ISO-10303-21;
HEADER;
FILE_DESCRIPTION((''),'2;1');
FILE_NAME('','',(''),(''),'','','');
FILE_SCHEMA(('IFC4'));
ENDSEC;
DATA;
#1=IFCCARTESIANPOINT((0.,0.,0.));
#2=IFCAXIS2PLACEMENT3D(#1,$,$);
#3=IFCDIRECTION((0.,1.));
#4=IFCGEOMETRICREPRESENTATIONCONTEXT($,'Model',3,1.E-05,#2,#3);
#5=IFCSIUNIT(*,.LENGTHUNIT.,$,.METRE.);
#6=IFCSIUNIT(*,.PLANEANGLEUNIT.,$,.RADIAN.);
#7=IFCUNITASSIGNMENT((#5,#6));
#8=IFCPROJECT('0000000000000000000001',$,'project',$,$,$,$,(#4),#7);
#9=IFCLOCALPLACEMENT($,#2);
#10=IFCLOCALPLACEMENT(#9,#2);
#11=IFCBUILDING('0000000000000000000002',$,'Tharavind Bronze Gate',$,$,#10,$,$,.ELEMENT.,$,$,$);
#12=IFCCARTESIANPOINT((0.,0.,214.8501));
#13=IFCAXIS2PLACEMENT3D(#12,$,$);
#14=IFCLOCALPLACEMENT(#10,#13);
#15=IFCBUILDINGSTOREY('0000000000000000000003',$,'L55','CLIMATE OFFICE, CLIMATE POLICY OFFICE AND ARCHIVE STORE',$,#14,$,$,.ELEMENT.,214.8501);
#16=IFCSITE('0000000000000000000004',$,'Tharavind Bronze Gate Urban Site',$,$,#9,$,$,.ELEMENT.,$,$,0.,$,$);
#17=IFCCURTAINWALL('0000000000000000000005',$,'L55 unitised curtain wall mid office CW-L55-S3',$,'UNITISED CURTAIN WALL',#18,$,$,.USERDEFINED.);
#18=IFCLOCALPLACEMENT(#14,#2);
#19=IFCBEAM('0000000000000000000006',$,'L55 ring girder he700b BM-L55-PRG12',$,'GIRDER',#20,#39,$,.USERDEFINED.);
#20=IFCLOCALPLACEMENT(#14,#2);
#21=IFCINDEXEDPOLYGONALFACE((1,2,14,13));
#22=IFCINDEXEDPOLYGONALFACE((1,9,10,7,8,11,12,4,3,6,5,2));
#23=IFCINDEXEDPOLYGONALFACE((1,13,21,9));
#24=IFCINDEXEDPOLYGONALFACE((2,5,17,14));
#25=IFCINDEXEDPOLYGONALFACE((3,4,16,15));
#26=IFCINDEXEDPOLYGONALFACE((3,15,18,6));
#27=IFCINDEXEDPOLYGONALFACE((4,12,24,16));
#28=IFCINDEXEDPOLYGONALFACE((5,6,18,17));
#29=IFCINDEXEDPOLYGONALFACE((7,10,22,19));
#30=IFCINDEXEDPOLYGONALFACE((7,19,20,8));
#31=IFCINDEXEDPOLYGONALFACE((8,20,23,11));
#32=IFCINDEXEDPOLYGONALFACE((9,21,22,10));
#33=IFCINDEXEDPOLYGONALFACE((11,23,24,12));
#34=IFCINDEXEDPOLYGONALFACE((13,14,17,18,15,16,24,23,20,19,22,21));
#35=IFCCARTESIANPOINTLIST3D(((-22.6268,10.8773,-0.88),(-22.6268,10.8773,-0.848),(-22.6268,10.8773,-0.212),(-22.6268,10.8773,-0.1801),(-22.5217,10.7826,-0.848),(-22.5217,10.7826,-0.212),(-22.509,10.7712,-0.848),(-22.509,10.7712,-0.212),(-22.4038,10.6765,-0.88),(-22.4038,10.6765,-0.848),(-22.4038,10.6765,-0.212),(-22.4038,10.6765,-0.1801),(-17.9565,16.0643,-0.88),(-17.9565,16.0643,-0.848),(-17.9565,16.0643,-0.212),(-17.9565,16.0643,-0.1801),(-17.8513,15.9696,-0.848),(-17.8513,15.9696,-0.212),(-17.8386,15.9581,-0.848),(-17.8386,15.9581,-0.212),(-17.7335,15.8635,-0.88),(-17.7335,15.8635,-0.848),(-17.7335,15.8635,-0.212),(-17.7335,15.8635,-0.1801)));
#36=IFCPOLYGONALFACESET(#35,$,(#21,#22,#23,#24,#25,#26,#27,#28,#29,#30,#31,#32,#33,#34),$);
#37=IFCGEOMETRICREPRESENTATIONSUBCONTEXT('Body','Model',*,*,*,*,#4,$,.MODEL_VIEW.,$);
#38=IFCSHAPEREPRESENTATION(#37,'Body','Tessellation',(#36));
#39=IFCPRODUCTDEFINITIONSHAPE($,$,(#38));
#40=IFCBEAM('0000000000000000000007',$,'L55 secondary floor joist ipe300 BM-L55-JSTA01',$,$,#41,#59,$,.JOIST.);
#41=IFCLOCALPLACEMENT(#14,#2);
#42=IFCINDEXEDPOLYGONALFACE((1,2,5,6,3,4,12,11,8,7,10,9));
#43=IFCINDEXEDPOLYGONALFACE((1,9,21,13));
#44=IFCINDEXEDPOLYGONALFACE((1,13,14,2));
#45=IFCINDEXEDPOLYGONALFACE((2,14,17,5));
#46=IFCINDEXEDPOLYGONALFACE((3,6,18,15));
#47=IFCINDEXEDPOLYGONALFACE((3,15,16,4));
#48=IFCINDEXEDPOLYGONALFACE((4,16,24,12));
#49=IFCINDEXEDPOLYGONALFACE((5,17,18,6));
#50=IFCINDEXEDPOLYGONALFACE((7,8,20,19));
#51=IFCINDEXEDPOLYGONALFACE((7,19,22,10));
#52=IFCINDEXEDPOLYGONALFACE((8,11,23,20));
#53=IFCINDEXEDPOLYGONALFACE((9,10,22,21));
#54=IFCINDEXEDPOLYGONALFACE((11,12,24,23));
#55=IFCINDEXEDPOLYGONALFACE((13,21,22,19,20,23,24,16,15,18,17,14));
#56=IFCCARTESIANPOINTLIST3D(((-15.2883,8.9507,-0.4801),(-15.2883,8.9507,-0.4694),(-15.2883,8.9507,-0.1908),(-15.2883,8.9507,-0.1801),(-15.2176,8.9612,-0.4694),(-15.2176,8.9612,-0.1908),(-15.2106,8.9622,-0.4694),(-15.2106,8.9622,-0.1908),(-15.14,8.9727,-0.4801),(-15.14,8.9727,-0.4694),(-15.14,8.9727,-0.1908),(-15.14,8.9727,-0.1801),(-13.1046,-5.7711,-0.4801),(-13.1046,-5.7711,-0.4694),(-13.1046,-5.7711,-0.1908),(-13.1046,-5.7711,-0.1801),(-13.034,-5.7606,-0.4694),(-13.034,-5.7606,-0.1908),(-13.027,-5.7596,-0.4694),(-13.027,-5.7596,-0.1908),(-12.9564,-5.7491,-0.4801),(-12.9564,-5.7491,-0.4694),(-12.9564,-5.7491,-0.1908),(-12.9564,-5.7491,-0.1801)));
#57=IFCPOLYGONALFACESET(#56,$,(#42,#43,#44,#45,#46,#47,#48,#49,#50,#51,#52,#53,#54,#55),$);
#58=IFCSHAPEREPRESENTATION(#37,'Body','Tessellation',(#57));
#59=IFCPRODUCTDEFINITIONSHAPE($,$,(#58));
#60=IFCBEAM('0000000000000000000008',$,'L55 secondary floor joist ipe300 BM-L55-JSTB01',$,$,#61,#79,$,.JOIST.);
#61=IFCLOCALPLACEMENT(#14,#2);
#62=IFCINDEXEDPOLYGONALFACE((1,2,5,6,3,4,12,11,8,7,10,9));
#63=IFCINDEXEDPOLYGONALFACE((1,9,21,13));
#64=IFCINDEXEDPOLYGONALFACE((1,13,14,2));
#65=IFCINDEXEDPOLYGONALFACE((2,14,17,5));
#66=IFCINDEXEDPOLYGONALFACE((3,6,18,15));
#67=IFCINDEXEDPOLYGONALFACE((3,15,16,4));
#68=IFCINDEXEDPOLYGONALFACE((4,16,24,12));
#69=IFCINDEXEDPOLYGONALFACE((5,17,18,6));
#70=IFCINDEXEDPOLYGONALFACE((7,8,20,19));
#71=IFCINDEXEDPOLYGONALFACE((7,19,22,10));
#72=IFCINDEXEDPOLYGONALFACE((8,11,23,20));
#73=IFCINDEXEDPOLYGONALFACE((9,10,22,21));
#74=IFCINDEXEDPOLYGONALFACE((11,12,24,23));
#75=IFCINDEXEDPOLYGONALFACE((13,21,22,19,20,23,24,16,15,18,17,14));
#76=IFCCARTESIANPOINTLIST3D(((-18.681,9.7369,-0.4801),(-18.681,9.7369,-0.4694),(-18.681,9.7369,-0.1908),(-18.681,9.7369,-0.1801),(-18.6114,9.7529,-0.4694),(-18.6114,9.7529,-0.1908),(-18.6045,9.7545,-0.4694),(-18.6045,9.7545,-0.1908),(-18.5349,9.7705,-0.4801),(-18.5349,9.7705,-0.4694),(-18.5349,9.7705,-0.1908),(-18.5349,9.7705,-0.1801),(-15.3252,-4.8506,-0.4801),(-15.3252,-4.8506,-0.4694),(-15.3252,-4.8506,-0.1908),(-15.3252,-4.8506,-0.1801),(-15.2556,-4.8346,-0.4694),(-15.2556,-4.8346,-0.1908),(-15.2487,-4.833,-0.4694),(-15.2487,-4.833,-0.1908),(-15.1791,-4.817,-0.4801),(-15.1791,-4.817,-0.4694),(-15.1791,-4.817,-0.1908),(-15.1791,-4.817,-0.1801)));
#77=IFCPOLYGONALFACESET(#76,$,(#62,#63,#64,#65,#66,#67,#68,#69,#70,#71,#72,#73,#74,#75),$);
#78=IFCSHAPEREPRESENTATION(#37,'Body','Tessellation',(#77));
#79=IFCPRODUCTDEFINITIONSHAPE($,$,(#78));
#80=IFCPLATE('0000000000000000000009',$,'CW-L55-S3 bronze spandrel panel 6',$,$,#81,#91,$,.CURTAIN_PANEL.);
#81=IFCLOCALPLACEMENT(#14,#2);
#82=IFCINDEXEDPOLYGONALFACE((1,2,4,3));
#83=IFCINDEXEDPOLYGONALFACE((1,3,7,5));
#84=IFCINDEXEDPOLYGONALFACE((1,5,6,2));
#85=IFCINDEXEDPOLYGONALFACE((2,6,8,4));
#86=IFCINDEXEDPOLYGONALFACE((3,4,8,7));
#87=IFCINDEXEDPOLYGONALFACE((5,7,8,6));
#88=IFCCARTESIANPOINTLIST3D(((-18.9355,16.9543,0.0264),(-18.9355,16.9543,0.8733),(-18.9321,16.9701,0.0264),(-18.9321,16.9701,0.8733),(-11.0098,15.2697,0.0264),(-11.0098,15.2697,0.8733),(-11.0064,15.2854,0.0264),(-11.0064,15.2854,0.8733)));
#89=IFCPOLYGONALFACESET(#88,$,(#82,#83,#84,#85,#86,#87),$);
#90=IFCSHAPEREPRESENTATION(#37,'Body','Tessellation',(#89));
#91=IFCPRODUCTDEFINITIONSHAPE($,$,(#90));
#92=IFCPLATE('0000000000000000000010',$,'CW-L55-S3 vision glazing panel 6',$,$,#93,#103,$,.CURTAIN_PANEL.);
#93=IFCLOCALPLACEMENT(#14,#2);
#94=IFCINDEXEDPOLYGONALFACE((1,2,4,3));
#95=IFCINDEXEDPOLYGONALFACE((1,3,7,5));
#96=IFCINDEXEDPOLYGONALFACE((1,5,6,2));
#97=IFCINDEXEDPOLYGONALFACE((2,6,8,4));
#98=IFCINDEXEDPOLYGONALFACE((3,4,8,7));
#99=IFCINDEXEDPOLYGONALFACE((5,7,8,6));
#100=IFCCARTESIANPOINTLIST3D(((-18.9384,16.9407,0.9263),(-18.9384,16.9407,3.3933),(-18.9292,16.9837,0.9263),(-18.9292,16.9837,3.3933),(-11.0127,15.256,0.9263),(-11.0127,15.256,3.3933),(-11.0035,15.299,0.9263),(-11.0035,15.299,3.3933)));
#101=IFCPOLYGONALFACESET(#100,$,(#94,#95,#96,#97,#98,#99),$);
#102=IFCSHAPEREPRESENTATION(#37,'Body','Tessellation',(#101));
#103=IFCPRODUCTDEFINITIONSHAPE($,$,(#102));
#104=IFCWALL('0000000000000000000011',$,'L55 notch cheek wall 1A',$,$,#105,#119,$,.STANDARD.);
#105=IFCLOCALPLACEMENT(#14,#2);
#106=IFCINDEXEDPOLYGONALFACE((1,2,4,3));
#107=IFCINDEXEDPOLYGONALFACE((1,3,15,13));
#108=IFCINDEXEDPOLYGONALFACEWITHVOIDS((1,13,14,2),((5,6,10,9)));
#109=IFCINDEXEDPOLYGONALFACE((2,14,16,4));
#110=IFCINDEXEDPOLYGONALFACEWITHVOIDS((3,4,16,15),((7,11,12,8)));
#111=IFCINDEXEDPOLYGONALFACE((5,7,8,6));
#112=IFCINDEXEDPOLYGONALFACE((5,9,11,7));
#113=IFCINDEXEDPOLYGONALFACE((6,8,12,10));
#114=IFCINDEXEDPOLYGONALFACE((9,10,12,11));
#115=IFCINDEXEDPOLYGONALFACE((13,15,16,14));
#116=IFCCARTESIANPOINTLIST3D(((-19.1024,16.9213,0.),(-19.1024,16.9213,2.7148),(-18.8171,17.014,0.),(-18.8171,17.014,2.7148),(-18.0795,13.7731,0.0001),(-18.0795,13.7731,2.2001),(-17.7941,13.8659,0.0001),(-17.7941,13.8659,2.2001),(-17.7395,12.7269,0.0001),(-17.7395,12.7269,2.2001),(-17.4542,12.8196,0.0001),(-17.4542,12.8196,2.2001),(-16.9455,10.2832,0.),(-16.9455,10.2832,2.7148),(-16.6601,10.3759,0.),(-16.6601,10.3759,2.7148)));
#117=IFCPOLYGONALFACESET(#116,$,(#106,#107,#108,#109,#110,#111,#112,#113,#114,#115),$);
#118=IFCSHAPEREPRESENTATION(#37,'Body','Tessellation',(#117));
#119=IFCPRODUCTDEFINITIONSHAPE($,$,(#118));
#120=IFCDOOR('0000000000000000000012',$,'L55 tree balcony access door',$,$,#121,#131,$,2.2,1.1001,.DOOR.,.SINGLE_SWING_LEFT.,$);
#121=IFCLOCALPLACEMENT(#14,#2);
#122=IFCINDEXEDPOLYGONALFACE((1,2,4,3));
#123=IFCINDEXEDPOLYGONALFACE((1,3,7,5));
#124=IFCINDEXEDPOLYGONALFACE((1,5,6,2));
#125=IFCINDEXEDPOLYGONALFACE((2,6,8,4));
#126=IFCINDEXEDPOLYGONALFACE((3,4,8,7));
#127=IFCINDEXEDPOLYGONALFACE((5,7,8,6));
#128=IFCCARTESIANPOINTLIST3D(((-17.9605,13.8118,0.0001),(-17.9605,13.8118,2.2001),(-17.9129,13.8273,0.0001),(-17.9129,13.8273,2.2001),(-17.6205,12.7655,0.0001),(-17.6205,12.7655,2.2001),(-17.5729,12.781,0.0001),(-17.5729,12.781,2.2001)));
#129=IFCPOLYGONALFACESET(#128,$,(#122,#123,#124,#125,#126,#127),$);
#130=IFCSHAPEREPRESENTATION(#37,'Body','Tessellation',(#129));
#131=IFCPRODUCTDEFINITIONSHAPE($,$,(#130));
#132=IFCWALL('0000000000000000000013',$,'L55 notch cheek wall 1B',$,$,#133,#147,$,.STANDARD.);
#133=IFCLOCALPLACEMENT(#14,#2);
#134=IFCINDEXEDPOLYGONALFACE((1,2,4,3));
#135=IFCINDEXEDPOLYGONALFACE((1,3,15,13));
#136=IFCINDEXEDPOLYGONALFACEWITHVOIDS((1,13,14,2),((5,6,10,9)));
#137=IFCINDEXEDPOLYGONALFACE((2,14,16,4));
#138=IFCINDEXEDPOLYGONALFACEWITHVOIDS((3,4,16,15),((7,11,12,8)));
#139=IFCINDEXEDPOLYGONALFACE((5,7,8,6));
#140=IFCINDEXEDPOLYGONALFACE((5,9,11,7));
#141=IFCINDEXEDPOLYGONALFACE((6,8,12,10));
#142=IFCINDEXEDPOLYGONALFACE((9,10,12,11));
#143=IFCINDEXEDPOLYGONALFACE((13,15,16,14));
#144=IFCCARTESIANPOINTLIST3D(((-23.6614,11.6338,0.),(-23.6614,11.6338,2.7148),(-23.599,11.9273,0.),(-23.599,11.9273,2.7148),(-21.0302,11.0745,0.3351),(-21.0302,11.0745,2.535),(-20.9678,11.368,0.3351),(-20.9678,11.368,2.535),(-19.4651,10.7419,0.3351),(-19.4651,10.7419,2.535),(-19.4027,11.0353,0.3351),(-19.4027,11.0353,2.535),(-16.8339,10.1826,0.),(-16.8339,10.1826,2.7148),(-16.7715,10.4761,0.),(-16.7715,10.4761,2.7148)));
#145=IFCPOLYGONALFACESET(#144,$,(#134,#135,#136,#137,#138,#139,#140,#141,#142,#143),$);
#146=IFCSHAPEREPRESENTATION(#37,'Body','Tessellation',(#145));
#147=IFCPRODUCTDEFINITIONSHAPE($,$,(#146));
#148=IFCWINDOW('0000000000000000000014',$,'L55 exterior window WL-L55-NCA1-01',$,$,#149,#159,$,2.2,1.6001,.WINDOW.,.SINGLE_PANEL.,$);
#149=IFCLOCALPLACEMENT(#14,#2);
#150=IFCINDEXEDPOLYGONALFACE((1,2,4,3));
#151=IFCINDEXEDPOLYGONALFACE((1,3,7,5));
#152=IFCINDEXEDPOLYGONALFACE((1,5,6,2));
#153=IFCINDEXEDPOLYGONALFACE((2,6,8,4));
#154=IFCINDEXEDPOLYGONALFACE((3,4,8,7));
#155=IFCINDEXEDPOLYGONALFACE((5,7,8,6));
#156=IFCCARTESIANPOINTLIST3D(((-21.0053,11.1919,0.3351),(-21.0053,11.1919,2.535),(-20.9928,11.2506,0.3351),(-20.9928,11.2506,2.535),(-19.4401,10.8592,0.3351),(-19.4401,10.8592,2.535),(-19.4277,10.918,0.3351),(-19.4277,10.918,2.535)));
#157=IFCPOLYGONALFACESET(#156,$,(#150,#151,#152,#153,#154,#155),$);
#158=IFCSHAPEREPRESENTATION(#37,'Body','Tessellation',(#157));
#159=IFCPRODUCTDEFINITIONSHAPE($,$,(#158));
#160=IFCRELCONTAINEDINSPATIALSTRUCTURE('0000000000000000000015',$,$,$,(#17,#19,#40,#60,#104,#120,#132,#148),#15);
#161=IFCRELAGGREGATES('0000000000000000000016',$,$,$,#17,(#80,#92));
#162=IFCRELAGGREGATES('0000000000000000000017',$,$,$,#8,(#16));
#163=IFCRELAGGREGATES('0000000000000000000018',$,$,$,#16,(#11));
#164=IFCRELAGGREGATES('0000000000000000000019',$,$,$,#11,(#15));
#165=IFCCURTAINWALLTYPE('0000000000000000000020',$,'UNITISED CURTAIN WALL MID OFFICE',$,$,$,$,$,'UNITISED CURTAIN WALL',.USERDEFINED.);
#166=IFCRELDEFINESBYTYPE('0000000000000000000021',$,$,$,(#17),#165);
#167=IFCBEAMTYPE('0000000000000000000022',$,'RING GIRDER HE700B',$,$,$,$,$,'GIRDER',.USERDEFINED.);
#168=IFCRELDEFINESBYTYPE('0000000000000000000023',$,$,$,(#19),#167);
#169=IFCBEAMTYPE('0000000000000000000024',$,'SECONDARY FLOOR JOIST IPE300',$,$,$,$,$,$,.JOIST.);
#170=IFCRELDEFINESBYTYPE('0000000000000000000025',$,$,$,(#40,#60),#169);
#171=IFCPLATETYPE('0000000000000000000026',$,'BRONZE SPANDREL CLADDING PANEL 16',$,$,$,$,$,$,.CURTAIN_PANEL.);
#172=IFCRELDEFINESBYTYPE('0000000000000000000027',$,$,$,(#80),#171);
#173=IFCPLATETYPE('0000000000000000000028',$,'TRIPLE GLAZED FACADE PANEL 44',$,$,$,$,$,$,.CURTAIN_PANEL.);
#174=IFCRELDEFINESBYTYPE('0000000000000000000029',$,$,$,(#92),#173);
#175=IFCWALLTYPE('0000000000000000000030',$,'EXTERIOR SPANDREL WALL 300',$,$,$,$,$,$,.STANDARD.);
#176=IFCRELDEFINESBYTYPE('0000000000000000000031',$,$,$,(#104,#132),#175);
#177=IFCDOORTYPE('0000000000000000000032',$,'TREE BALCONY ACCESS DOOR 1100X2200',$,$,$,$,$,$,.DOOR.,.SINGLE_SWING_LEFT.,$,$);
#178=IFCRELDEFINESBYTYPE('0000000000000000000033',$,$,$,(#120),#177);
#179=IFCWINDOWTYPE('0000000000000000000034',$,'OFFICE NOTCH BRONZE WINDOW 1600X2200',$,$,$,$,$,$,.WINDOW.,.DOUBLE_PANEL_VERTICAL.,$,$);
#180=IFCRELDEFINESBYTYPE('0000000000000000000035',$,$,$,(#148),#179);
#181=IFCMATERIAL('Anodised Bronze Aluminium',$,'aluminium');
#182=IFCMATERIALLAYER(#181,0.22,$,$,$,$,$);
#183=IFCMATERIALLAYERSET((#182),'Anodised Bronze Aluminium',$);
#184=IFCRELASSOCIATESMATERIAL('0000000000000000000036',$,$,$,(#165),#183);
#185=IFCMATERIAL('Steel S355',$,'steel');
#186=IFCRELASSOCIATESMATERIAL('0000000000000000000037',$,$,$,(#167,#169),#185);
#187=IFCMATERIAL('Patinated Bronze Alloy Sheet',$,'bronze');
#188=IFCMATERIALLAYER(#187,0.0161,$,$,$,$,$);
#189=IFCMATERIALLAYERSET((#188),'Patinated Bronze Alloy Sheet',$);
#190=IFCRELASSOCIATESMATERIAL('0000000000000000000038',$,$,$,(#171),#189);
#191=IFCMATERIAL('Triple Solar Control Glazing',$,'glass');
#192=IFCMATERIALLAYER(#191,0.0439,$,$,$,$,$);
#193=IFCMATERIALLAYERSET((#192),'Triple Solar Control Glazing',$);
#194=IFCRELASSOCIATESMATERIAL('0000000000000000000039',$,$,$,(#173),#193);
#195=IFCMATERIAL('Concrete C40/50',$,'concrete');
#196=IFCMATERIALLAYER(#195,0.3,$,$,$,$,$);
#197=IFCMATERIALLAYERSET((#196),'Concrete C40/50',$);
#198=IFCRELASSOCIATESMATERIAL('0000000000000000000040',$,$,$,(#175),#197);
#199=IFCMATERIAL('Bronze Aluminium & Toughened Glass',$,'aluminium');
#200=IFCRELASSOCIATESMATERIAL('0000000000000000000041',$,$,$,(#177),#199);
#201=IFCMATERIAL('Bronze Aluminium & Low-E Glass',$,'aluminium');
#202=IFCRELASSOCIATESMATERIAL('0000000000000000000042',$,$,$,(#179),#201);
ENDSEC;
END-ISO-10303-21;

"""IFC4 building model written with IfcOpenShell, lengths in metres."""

from ifc_helpers import new_model, si_unit, direction, frame, frame_2d, origin, origin_2d, place, context, subcontext, project, spatial, rectangle, i_section, extrude, material, layer, layer_set, material_profile, profile_set, type_object, element, fill, aggregate, save


model = new_model("IFC4")

# Units and contexts
model_context = context("Model", 3, precision=1e-05, world=origin(), true_north=direction((0.0, 1.0)))
body_context = subcontext(model_context, "Body", "Model", "MODEL_VIEW")
ifc_project = project(units=[si_unit("LENGTHUNIT", "METRE"), si_unit("PLANEANGLEUNIT", "RADIAN")], contexts=[model_context])

# Site, building, storey
site_placement = place(None, origin())
site = spatial("IfcSite", under=ifc_project, at=site_placement, Name="Tharavind Bronze Gate Urban Site", CompositionType="ELEMENT", RefElevation=0.0)
building_placement = place(site_placement, origin())
building = spatial("IfcBuilding", under=site, at=building_placement, Name="Tharavind Bronze Gate", CompositionType="ELEMENT")
storey_placement = place(building_placement, frame((0.0, 0.0, 214.8501)))
storey = spatial("IfcBuildingStorey", under=building, at=storey_placement, Name="L55", Description="CLIMATE OFFICE, CLIMATE POLICY OFFICE AND ARCHIVE STORE", CompositionType="ELEMENT", Elevation=214.8501)

# Shared definitions
ifc_material_1 = material(Name="Anodised Bronze Aluminium", Category="aluminium")
ifc_layer_1 = layer(ifc_material_1, 0.22)
ifc_layer_set_1 = layer_set([ifc_layer_1], Name="Anodised Bronze Aluminium")
curtain_wall_type = type_object("IfcCurtainWallType", Name="UNITISED CURTAIN WALL MID OFFICE", ElementType="UNITISED CURTAIN WALL", PredefinedType="USERDEFINED", material=ifc_layer_set_1)

# Curtain wall
curtain_wall_1_placement = place(storey_placement, origin())
curtain_wall_1 = element("IfcCurtainWall", 1, at=curtain_wall_1_placement, inside=storey, type_object=curtain_wall_type, Name="L55 unitised curtain wall mid office CW-L55-S3", ObjectType="UNITISED CURTAIN WALL", PredefinedType="USERDEFINED")

# Beams
ifc_material_2 = material(Name="Steel S355", Category="steel")
ifc_material_profile_1 = material_profile(ifc_material_2, i_section(OverallWidth=0.3, OverallDepth=0.7, WebThickness=0.0171, FlangeThickness=0.032, at=origin_2d()), Name="HE700B")
ifc_profile_set_1 = profile_set([ifc_material_profile_1], Name="Steel S355")
beam_type_1 = type_object("IfcBeamType", Name="RING GIRDER HE700B", ElementType="GIRDER", PredefinedType="USERDEFINED", material=ifc_profile_set_1)
beam_1_placement = place(storey_placement, frame((-17.845, 15.9639, -0.53), z_axis=(-0.669131, -0.743145, 0.0), x_axis=(0.743145, -0.669131, 0.0)))
element("IfcBeam", 2, at=beam_1_placement, inside=storey, type_object=beam_type_1, Name="L55 ring girder he700b BM-L55-PRG12", ObjectType="GIRDER", PredefinedType="USERDEFINED", context=body_context, shape_type="SweptSolid", body=[
    extrude(i_section(OverallWidth=0.3, OverallDepth=0.7, WebThickness=0.0171, FlangeThickness=0.032, at=origin_2d()), origin(), (0.0, 0.0, 1.0), 6.9797),
])
ifc_material_profile_2 = material_profile(ifc_material_2, i_section(OverallWidth=0.1499, OverallDepth=0.3, WebThickness=0.0071, FlangeThickness=0.0107, at=origin_2d()), Name="IPE300")
ifc_profile_set_2 = profile_set([ifc_material_profile_2], Name="Steel S355")
beam_type_2 = type_object("IfcBeamType", Name="SECONDARY FLOOR JOIST IPE300", PredefinedType="JOIST", material=ifc_profile_set_2)
beam_2_placement = place(storey_placement, frame((-15.2141, 8.9617, -0.3301), z_axis=(0.14672, -0.989178, 0.0), x_axis=(0.989178, 0.14672, 0.0)))
element("IfcBeam", 3, at=beam_2_placement, inside=storey, type_object=beam_type_2, Name="L55 secondary floor joist ipe300 BM-L55-JSTA01", PredefinedType="JOIST", context=body_context, shape_type="SweptSolid", body=[
    extrude(i_section(OverallWidth=0.1499, OverallDepth=0.3, WebThickness=0.0071, FlangeThickness=0.0107, at=origin_2d()), origin(), (0.0, 0.0, 1.0), 14.8828),
])
beam_3_placement = place(storey_placement, frame((-18.6079, 9.7537, -0.3301), z_axis=(0.224186, -0.974546, 0.0), x_axis=(0.974546, 0.224186, 0.0)))
element("IfcBeam", 4, at=beam_3_placement, inside=storey, type_object=beam_type_2, Name="L55 secondary floor joist ipe300 BM-L55-JSTB01", PredefinedType="JOIST", context=body_context, shape_type="SweptSolid", body=[
    extrude(i_section(OverallWidth=0.1499, OverallDepth=0.3, WebThickness=0.0071, FlangeThickness=0.0107, at=origin_2d()), origin(), (0.0, 0.0, 1.0), 14.9685),
])

# Plates
ifc_material_3 = material(Name="Patinated Bronze Alloy Sheet", Category="bronze")
ifc_layer_2 = layer(ifc_material_3, 0.0161)
ifc_layer_set_2 = layer_set([ifc_layer_2], Name="Patinated Bronze Alloy Sheet")
plate_type_1 = type_object("IfcPlateType", Name="BRONZE SPANDREL CLADDING PANEL 16", PredefinedType="CURTAIN_PANEL", material=ifc_layer_set_2)
plate_1_placement = place(storey_placement, frame((-14.9709, 16.1199, 0.0264), z_axis=(0.0, 0.0, 1.0), x_axis=(-0.978148, 0.207912, 0.0)))
plate_1 = element("IfcPlate", 5, at=plate_1_placement, type_object=plate_type_1, Name="CW-L55-S3 bronze spandrel panel 6", PredefinedType="CURTAIN_PANEL", context=body_context, shape_type="SweptSolid", body=[
    extrude(rectangle(XDim=8.1028, YDim=0.0161, at=origin_2d()), origin(), (0.0, 0.0, 1.0), 0.8469),
])
ifc_material_4 = material(Name="Triple Solar Control Glazing", Category="glass")
ifc_layer_3 = layer(ifc_material_4, 0.0439)
ifc_layer_set_3 = layer_set([ifc_layer_3], Name="Triple Solar Control Glazing")
plate_type_2 = type_object("IfcPlateType", Name="TRIPLE GLAZED FACADE PANEL 44", PredefinedType="CURTAIN_PANEL", material=ifc_layer_set_3)
plate_2_placement = place(storey_placement, frame((-14.9709, 16.1199, 0.9263), z_axis=(0.0, 0.0, 1.0), x_axis=(-0.978148, 0.207912, 0.0)))
plate_2 = element("IfcPlate", 6, at=plate_2_placement, type_object=plate_type_2, Name="CW-L55-S3 vision glazing panel 6", PredefinedType="CURTAIN_PANEL", context=body_context, shape_type="SweptSolid", body=[
    extrude(rectangle(XDim=8.1028, YDim=0.0439, at=origin_2d()), origin(), (0.0, 0.0, 1.0), 2.467),
])
aggregate(curtain_wall_1, [plate_1, plate_2])

# Wall, opening, door
ifc_material_5 = material(Name="Concrete C40/50", Category="concrete")
ifc_layer_4 = layer(ifc_material_5, 0.3)
ifc_layer_set_4 = layer_set([ifc_layer_4], Name="Concrete C40/50")
wall_type_1 = type_object("IfcWallType", Name="EXTERIOR SPANDREL WALL 300", PredefinedType="STANDARD", material=ifc_layer_set_4)
wall_1_placement = place(storey_placement, frame((-18.9597, 16.9675, 0.0), z_axis=(0.0, 0.0, 1.0), x_axis=(0.309031, -0.951052, 0.0)))
wall_1 = element("IfcWall", 7, at=wall_1_placement, inside=storey, type_object=wall_type_1, Name="L55 notch cheek wall 1A", PredefinedType="STANDARD", context=body_context, shape_type="SweptSolid", body=[
    extrude(rectangle(XDim=6.9797, YDim=0.3, at=frame_2d((3.4897, 0.0))), origin(), (0.0, 0.0, 1.0), 2.7148),
])
opening_1_placement = place(wall_1_placement, frame((3.3101, 0.0, 0.0)))
opening_1 = element("IfcOpeningElement", 8, at=opening_1_placement, cuts=wall_1, PredefinedType="OPENING", context=body_context, shape_type="SweptSolid", body=[
    extrude(rectangle(XDim=1.1001, YDim=2.2, at=frame_2d((0.55, 1.1001))), frame((0.0, 0.1599, 0.0), z_axis=(0.0, -1.0, 0.0), x_axis=(1.0, 0.0, 0.0)), (0.0, 0.0, 1.0), 0.32),
])
ifc_material_6 = material(Name="Bronze Aluminium & Toughened Glass", Category="aluminium")
door_type_1 = type_object("IfcDoorType", Name="TREE BALCONY ACCESS DOOR 1100X2200", OperationType="SINGLE_SWING_LEFT", PredefinedType="DOOR", material=ifc_material_6)
door_1_placement = place(opening_1_placement, frame((1.1001, 0.0, 0.0), z_axis=(0.0, 0.0, 1.0), x_axis=(-1.0, 0.0, 0.0)))
door_1 = element("IfcDoor", 9, at=door_1_placement, inside=storey, type_object=door_type_1, Name="L55 tree balcony access door", OperationType="SINGLE_SWING_LEFT", OverallHeight=2.2, OverallWidth=1.1001, PredefinedType="DOOR", context=body_context, shape_type="SweptSolid", body=[
    extrude(rectangle(XDim=1.1001, YDim=2.2, at=frame_2d((0.55, 1.1001))), frame((0.0, 0.0249, 0.0), z_axis=(0.0, -1.0, 0.0), x_axis=(1.0, 0.0, 0.0)), (0.0, 0.0, 1.0), 0.05),
])
fill(opening_1, door_1)

# Wall, opening, window
wall_2_placement = place(storey_placement, frame((-16.8027, 10.3293, 0.0), z_axis=(0.0, 0.0, 1.0), x_axis=(-0.978149, 0.207907, 0.0)))
wall_2 = element("IfcWall", 10, at=wall_2_placement, inside=storey, type_object=wall_type_1, Name="L55 notch cheek wall 1B", PredefinedType="STANDARD", context=body_context, shape_type="SweptSolid", body=[
    extrude(rectangle(XDim=6.98, YDim=0.3, at=frame_2d((3.49, 0.0))), origin(), (0.0, 0.0, 1.0), 2.7148),
])
opening_2_placement = place(wall_2_placement, frame((2.6899, 0.0, 0.335)))
opening_2 = element("IfcOpeningElement", 11, at=opening_2_placement, cuts=wall_2, PredefinedType="OPENING", context=body_context, shape_type="SweptSolid", body=[
    extrude(rectangle(XDim=1.6001, YDim=2.2, at=frame_2d((0.8, 1.1001))), frame((0.0, 0.1599, 0.0), z_axis=(0.0, -1.0, 0.0), x_axis=(1.0, 0.0, 0.0)), (0.0, 0.0, 1.0), 0.32),
])
ifc_material_7 = material(Name="Bronze Aluminium & Low-E Glass", Category="aluminium")
window_type = type_object("IfcWindowType", Name="OFFICE NOTCH BRONZE WINDOW 1600X2200", PartitioningType="DOUBLE_PANEL_VERTICAL", PredefinedType="WINDOW", material=ifc_material_7)
window_placement = place(opening_2_placement, origin())
window = element("IfcWindow", 12, at=window_placement, inside=storey, type_object=window_type, Name="L55 exterior window WL-L55-NCA1-01", OverallHeight=2.2, OverallWidth=1.6001, PartitioningType="SINGLE_PANEL", PredefinedType="WINDOW", context=body_context, shape_type="SweptSolid", body=[
    extrude(rectangle(XDim=1.6001, YDim=2.2, at=frame_2d((0.8, 1.1001))), frame((0.0, 0.03, 0.0), z_axis=(0.0, -1.0, 0.0), x_axis=(1.0, 0.0, 0.0)), (0.0, 0.0, 1.0), 0.0601),
])
fill(opening_2, window)

save(model, "model.ifc")
